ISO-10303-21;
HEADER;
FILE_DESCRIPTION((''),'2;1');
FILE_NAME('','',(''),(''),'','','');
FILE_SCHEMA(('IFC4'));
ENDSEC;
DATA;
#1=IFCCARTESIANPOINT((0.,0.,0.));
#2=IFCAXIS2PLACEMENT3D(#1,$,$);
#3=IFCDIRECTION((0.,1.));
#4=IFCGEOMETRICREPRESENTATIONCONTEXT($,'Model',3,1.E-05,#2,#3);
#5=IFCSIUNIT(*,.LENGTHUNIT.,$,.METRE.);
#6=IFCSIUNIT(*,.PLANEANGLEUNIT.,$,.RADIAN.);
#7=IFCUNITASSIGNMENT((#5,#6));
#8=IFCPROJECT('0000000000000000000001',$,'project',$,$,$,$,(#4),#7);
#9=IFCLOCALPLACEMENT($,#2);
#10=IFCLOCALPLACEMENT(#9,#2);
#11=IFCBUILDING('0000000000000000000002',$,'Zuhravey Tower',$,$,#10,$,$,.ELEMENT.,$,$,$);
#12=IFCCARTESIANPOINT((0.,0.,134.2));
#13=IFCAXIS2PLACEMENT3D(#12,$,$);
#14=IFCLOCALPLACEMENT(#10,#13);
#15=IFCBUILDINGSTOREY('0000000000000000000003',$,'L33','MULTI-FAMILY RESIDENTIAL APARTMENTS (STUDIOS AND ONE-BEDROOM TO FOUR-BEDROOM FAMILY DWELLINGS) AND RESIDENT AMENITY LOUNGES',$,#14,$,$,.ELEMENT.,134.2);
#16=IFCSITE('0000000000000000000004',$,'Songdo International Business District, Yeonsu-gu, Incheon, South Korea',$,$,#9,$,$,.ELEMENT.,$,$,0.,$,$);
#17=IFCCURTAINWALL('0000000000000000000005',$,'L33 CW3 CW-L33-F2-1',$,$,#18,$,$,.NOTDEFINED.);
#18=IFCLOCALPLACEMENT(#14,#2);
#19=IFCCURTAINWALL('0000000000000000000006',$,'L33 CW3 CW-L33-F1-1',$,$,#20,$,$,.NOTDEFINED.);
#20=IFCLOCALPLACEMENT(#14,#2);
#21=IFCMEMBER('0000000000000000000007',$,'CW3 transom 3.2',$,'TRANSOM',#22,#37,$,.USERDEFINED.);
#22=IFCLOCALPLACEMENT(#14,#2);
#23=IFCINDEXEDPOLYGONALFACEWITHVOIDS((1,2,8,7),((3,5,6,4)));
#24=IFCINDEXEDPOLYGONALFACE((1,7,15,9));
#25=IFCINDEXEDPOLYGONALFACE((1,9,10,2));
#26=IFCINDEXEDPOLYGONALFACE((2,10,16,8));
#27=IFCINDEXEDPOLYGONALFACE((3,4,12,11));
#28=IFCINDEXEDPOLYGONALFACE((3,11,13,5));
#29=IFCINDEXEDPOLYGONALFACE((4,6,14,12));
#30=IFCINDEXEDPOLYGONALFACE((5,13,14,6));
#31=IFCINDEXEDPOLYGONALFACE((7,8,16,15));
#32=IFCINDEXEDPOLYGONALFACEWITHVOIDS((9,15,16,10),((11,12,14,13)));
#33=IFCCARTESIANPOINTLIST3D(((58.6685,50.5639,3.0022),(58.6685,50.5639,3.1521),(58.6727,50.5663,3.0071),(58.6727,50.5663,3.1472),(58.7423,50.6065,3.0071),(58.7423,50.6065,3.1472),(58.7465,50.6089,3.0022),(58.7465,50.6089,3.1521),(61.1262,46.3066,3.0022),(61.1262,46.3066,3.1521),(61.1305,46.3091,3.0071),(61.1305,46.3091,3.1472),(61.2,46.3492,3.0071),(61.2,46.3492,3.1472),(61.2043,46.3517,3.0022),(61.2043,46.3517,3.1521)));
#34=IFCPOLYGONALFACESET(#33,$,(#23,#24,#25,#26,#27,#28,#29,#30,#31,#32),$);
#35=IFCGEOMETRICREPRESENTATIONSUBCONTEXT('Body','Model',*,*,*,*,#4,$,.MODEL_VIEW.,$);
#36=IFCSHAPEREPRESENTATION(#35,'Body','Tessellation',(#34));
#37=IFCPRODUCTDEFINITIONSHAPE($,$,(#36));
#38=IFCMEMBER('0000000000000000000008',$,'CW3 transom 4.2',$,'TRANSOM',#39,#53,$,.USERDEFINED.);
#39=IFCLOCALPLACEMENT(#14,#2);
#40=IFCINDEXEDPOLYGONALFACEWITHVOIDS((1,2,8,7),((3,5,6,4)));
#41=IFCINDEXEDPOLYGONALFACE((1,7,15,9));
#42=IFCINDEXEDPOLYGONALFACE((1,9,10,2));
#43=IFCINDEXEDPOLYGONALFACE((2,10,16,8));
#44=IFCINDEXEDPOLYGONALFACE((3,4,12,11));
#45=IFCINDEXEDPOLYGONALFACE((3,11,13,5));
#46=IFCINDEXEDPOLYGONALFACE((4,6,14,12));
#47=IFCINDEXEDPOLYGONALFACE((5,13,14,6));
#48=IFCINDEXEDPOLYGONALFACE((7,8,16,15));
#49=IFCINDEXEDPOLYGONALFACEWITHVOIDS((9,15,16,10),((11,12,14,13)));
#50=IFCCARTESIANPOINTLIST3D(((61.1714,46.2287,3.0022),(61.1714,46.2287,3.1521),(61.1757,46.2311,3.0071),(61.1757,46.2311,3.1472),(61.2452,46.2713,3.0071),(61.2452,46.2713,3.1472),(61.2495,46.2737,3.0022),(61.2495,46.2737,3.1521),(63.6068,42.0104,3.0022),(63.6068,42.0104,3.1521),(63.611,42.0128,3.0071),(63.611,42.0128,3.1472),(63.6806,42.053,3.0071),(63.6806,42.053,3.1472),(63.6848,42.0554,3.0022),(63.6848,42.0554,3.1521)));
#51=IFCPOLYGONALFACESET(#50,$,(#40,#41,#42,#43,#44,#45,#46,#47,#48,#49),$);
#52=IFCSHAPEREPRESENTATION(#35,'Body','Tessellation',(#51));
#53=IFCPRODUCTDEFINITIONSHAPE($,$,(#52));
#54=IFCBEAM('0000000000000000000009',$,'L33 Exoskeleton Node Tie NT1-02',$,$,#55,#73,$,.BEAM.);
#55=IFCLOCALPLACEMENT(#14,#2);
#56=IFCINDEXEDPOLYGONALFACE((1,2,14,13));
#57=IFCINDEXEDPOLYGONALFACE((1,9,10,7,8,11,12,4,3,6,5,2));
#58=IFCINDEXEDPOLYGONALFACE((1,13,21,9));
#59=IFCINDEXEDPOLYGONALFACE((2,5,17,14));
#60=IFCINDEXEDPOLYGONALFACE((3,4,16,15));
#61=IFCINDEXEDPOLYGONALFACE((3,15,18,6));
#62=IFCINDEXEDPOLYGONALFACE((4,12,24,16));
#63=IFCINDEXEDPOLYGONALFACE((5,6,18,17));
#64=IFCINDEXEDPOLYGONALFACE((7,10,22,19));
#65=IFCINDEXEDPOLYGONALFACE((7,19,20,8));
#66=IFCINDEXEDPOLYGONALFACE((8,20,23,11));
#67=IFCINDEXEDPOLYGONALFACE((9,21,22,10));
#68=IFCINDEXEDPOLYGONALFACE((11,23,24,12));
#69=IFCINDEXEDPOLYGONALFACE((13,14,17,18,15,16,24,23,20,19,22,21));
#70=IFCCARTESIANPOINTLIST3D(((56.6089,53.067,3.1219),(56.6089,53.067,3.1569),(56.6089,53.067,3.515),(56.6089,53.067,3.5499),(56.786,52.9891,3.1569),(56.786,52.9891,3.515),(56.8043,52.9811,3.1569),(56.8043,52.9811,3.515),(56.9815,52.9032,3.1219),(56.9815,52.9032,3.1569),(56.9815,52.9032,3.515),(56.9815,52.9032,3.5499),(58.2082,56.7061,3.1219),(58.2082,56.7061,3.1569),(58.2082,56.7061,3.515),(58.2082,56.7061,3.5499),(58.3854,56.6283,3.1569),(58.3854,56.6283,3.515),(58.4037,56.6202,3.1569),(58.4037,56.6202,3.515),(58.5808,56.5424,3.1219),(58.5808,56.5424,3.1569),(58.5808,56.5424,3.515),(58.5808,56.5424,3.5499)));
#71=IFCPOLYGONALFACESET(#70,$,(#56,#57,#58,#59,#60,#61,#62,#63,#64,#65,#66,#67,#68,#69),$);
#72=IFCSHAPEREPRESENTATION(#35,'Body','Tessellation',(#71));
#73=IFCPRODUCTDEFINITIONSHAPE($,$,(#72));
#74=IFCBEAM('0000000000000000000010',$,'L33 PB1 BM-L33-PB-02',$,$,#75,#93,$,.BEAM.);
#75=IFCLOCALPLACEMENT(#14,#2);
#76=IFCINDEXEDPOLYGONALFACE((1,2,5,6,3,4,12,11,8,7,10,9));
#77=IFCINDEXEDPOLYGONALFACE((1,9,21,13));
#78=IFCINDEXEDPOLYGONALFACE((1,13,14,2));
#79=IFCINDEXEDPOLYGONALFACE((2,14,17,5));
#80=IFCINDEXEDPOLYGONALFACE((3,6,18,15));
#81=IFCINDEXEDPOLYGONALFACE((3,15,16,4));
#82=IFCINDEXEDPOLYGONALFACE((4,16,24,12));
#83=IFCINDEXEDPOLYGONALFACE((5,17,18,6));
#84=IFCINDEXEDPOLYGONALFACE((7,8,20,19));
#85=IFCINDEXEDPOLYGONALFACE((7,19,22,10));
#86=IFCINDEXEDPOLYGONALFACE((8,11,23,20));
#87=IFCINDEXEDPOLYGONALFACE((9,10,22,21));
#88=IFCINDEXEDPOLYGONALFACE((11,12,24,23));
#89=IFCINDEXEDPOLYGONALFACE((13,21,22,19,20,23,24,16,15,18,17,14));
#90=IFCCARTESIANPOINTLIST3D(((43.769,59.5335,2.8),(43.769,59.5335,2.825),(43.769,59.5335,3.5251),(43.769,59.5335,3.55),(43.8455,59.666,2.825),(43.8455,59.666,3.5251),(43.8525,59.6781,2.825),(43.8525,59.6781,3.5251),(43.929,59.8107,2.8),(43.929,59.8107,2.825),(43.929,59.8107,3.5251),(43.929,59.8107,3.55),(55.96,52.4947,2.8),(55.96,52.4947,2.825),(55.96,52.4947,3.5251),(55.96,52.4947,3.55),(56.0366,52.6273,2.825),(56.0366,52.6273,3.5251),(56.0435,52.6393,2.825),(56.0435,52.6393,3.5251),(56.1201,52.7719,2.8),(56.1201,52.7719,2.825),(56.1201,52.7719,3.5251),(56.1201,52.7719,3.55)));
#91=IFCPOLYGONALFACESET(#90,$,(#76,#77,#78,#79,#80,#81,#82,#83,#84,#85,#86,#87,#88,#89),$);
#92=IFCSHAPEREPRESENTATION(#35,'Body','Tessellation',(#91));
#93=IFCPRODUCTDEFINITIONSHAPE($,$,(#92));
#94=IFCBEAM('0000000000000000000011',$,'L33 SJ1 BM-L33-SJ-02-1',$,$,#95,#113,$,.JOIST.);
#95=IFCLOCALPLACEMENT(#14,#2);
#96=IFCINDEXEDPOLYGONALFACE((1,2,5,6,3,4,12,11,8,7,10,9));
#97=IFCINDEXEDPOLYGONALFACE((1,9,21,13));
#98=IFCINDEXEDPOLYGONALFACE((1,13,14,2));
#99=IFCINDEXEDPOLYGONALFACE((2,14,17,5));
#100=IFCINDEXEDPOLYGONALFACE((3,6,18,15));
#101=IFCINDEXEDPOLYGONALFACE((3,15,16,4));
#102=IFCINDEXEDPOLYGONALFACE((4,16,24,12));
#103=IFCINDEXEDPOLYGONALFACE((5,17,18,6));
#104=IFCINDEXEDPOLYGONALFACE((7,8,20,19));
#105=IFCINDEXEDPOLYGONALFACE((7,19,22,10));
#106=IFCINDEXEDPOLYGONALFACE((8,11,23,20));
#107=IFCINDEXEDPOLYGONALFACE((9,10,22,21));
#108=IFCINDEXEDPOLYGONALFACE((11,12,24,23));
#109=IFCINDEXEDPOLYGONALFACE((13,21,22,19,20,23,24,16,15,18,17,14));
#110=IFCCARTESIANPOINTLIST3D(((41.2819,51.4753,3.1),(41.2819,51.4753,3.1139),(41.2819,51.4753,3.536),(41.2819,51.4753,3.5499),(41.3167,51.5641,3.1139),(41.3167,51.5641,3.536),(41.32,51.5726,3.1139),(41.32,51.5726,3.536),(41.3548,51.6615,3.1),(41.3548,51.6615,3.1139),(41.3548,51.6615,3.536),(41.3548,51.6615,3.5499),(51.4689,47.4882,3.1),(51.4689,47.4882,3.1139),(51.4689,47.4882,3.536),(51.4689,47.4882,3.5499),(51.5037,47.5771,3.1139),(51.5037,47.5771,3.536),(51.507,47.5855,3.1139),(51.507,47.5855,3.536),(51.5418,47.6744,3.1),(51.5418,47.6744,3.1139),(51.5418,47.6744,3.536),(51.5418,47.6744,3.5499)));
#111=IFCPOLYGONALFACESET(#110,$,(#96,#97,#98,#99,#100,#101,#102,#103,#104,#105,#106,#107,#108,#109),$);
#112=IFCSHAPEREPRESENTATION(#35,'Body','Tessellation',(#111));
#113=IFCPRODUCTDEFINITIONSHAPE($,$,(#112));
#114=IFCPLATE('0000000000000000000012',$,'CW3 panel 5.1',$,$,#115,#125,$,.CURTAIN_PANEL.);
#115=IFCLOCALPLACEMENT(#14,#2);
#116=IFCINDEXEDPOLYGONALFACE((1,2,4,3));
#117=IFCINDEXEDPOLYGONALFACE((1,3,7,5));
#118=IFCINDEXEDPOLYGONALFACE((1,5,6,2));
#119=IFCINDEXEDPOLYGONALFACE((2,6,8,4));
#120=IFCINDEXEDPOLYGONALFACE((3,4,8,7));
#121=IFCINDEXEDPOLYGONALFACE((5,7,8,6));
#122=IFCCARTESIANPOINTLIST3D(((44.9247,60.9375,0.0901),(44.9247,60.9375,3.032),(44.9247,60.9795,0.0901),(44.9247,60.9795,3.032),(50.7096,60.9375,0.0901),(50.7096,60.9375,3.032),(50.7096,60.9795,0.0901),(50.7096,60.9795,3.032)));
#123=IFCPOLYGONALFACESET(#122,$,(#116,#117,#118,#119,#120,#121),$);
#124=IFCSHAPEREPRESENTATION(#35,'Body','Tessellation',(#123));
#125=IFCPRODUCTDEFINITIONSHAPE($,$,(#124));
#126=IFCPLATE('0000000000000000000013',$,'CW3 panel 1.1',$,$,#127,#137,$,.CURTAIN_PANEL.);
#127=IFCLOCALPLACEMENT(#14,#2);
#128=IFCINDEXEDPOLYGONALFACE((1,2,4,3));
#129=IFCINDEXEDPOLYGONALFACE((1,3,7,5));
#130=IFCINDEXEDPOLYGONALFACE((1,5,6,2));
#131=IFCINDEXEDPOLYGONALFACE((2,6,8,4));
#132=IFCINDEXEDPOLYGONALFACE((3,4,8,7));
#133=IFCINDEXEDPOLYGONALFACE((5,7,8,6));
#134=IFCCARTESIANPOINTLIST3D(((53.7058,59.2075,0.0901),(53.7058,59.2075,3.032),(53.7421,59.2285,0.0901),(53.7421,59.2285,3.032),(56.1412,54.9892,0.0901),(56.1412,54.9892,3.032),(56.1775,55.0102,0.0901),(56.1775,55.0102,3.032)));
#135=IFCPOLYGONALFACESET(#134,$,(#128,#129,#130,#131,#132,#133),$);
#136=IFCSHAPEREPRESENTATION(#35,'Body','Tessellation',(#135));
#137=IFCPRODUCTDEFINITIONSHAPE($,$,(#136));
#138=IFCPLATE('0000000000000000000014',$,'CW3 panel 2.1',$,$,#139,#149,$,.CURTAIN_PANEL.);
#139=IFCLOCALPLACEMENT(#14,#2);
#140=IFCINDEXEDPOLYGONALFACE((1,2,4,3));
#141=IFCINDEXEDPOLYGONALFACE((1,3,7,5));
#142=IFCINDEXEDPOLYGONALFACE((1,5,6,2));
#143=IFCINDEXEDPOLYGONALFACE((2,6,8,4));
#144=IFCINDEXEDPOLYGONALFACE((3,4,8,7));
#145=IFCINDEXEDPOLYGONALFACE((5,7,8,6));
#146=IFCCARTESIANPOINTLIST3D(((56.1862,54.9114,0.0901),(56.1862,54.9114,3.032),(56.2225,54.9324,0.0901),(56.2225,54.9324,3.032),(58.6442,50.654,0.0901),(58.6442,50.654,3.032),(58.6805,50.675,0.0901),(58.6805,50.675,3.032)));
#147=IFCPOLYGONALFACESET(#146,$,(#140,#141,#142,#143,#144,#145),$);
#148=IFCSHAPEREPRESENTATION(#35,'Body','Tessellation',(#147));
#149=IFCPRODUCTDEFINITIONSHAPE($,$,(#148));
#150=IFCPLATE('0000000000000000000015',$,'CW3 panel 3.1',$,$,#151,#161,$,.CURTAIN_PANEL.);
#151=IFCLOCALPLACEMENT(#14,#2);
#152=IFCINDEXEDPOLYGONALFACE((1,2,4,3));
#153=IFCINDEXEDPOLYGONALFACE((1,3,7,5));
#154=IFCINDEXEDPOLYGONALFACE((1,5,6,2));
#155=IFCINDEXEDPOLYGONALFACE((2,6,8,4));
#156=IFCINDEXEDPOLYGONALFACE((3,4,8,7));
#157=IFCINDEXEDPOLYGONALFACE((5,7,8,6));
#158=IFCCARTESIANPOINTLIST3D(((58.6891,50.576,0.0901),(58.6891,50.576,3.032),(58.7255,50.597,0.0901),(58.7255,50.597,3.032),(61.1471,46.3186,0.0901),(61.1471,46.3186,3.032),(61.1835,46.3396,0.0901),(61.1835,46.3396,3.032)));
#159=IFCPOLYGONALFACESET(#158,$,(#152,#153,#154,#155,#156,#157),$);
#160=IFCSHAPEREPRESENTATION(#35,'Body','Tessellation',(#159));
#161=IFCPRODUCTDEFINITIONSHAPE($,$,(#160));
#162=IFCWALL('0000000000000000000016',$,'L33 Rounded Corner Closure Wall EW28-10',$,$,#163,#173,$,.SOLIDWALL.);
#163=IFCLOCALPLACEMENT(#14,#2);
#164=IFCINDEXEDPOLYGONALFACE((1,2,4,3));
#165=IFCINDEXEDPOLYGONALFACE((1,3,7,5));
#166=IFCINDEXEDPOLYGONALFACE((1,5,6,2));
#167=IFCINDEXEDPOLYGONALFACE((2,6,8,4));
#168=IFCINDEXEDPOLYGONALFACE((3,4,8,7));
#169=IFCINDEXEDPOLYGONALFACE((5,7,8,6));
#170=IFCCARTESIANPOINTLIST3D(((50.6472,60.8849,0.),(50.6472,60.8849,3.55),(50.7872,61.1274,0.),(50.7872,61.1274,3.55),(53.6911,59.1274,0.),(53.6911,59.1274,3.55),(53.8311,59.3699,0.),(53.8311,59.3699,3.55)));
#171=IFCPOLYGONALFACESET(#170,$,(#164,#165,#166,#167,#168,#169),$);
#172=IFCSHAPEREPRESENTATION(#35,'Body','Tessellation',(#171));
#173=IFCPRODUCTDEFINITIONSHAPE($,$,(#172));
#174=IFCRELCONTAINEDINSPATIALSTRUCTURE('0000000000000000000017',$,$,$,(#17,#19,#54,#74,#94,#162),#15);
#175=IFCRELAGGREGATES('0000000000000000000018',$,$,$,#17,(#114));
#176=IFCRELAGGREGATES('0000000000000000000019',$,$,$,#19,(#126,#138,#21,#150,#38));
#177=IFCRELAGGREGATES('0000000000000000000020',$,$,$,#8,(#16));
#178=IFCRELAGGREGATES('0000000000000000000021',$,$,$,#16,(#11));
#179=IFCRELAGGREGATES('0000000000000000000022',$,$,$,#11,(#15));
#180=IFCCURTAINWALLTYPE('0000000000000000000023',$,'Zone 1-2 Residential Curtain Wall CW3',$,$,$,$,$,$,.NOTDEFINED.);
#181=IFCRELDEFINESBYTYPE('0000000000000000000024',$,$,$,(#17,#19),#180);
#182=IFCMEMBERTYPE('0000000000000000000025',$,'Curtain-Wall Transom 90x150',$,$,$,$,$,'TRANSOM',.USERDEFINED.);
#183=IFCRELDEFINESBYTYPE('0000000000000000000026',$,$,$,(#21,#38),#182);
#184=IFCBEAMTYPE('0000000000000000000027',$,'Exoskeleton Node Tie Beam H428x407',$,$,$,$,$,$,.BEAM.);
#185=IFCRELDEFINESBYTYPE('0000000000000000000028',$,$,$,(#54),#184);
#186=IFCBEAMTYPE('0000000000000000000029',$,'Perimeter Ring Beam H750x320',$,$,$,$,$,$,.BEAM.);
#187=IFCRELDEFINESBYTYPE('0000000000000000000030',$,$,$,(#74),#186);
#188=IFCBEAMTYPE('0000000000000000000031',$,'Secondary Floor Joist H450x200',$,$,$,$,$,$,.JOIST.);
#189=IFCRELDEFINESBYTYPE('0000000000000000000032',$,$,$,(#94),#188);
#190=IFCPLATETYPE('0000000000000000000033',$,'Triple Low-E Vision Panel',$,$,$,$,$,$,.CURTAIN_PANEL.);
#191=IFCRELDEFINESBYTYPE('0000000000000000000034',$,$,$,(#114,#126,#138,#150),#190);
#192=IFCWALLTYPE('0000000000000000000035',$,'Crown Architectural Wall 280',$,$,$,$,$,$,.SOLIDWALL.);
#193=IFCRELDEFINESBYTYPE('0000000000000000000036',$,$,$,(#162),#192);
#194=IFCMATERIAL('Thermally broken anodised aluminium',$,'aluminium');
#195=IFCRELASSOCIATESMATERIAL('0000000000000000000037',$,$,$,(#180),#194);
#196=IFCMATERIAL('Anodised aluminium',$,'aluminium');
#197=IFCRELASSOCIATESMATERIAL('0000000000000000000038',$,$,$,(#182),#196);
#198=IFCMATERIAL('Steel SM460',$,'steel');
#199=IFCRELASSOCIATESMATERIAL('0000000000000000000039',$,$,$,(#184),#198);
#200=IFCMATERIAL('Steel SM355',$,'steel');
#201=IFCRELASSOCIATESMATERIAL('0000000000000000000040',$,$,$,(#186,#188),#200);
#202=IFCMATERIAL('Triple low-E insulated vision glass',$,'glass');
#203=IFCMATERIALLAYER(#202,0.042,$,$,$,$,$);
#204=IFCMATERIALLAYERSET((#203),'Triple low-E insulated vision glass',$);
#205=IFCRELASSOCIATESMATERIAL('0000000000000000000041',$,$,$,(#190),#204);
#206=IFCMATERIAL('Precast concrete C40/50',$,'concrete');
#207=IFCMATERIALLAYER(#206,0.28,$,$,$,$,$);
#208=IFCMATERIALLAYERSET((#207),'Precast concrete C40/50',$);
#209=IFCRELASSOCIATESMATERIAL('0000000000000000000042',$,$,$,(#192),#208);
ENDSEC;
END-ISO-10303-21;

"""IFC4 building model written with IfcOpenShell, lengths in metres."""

from ifc_helpers import new_model, si_unit, direction, frame, frame_2d, origin, origin_2d, place, context, subcontext, project, spatial, rectangle, hollow_rectangle, i_section, extrude, material, layer, layer_set, material_profile, profile_set, type_object, element, aggregate, save


model = new_model("IFC4")

# Units and contexts
model_context = context("Model", 3, precision=1e-05, world=origin(), true_north=direction((0.0, 1.0)))
body_context = subcontext(model_context, "Body", "Model", "MODEL_VIEW")
ifc_project = project(units=[si_unit("LENGTHUNIT", "METRE"), si_unit("PLANEANGLEUNIT", "RADIAN")], contexts=[model_context])

# Site, building, storey
site_placement = place(None, origin())
site = spatial("IfcSite", under=ifc_project, at=site_placement, Name="Songdo International Business District, Yeonsu-gu, Incheon, South Korea", CompositionType="ELEMENT", RefElevation=0.0)
building_placement = place(site_placement, origin())
building = spatial("IfcBuilding", under=site, at=building_placement, Name="Zuhravey Tower", CompositionType="ELEMENT")
storey_placement = place(building_placement, frame((0.0, 0.0, 134.2)))
storey = spatial("IfcBuildingStorey", under=building, at=storey_placement, Name="L33", Description="MULTI-FAMILY RESIDENTIAL APARTMENTS (STUDIOS AND ONE-BEDROOM TO FOUR-BEDROOM FAMILY DWELLINGS) AND RESIDENT AMENITY LOUNGES", CompositionType="ELEMENT", Elevation=134.2)

# Curtain wall
ifc_material_1 = material(Name="Thermally broken anodised aluminium", Category="aluminium")
curtain_wall_type = type_object("IfcCurtainWallType", Name="Zone 1-2 Residential Curtain Wall CW3", PredefinedType="NOTDEFINED", material=ifc_material_1)
curtain_wall_1_placement = place(storey_placement, origin())
curtain_wall_1 = element("IfcCurtainWall", 1, at=curtain_wall_1_placement, inside=storey, type_object=curtain_wall_type, Name="L33 CW3 CW-L33-F2-1", PredefinedType="NOTDEFINED")
ifc_material_2 = material(Name="Anodised aluminium", Category="aluminium")

# Curtain wall, members
curtain_wall_2_placement = place(storey_placement, origin())
curtain_wall_2 = element("IfcCurtainWall", 2, at=curtain_wall_2_placement, inside=storey, type_object=curtain_wall_type, Name="L33 CW3 CW-L33-F1-1", PredefinedType="NOTDEFINED")
ifc_material_profile_1 = material_profile(ifc_material_2, hollow_rectangle(XDim=0.0901, YDim=0.1499, WallThickness=0.0049, at=origin_2d()), Name="ALU-RHS-90x150x5")
ifc_profile_set_1 = profile_set([ifc_material_profile_1], Name="Anodised aluminium")
member_type_1 = type_object("IfcMemberType", Name="Curtain-Wall Transom 90x150", ElementType="TRANSOM", PredefinedType="USERDEFINED", material=ifc_profile_set_1)
member_1_placement = place(storey_placement, frame((58.7075, 50.5864, 3.0771), z_axis=(0.499969, -0.866043, 0.0), x_axis=(0.866043, 0.499969, 0.0)))
member_1 = element("IfcMember", 3, at=member_1_placement, type_object=member_type_1, Name="CW3 transom 3.2", ObjectType="TRANSOM", PredefinedType="USERDEFINED", context=body_context, shape_type="SweptSolid", body=[
    extrude(hollow_rectangle(XDim=0.0901, YDim=0.1499, WallThickness=0.0049, at=origin_2d()), origin(), (0.0, 0.0, 1.0), 4.9158),
])
member_2_placement = place(storey_placement, frame((61.2104, 46.2512, 3.0771), z_axis=(0.499983, -0.866035, 0.0), x_axis=(0.866035, 0.499983, 0.0)))
member_2 = element("IfcMember", 4, at=member_2_placement, type_object=member_type_1, Name="CW3 transom 4.2", ObjectType="TRANSOM", PredefinedType="USERDEFINED", context=body_context, shape_type="SweptSolid", body=[
    extrude(hollow_rectangle(XDim=0.0901, YDim=0.1499, WallThickness=0.0049, at=origin_2d()), origin(), (0.0, 0.0, 1.0), 4.8708),
])

# Beams
ifc_material_3 = material(Name="Steel SM460", Category="steel")
ifc_material_profile_2 = material_profile(ifc_material_3, i_section(OverallWidth=0.407, OverallDepth=0.428, WebThickness=0.02, FlangeThickness=0.0349, at=origin_2d()), Name="H-428x407x20x35")
ifc_profile_set_2 = profile_set([ifc_material_profile_2], Name="Steel SM460")
beam_type_1 = type_object("IfcBeamType", Name="Exoskeleton Node Tie Beam H428x407", PredefinedType="BEAM", material=ifc_profile_set_2)
beam_1_placement = place(storey_placement, frame((56.7952, 52.9851, 3.3359), z_axis=(0.402345, 0.915488, 0.0), x_axis=(-0.915488, 0.402345, 0.0)))
element("IfcBeam", 5, at=beam_1_placement, inside=storey, type_object=beam_type_1, Name="L33 Exoskeleton Node Tie NT1-02", PredefinedType="BEAM", context=body_context, shape_type="SweptSolid", body=[
    extrude(i_section(OverallWidth=0.407, OverallDepth=0.428, WebThickness=0.02, FlangeThickness=0.0349, at=origin_2d()), origin(), (0.0, 0.0, 1.0), 3.9751),
])
ifc_material_4 = material(Name="Steel SM355", Category="steel")
ifc_material_profile_3 = material_profile(ifc_material_4, i_section(OverallWidth=0.3201, OverallDepth=0.75, WebThickness=0.0139, FlangeThickness=0.0249, at=origin_2d()), Name="H-750x320x14x25")
ifc_profile_set_3 = profile_set([ifc_material_profile_3], Name="Steel SM355")
beam_type_2 = type_object("IfcBeamType", Name="Perimeter Ring Beam H750x320", PredefinedType="BEAM", material=ifc_profile_set_3)
beam_2_placement = place(storey_placement, frame((56.04, 52.6333, 3.175), z_axis=(-0.866018, 0.500013, 0.0), x_axis=(-0.500013, -0.866018, 0.0)))
element("IfcBeam", 6, at=beam_2_placement, inside=storey, type_object=beam_type_2, Name="L33 PB1 BM-L33-PB-02", PredefinedType="BEAM", context=body_context, shape_type="SweptSolid", body=[
    extrude(i_section(OverallWidth=0.3201, OverallDepth=0.75, WebThickness=0.0139, FlangeThickness=0.0249, at=origin_2d()), origin(), (0.0, 0.0, 1.0), 14.0771),
])
ifc_material_profile_4 = material_profile(ifc_material_4, i_section(OverallWidth=0.2, OverallDepth=0.45, WebThickness=0.009, FlangeThickness=0.0139, at=origin_2d()), Name="H-450x200x9x14")
ifc_profile_set_4 = profile_set([ifc_material_profile_4], Name="Steel SM355")
beam_type_3 = type_object("IfcBeamType", Name="Secondary Floor Joist H450x200", PredefinedType="JOIST", material=ifc_profile_set_4)
beam_3_placement = place(storey_placement, frame((51.5054, 47.5813, 3.325), z_axis=(-0.931217, 0.364466, 0.0), x_axis=(-0.364466, -0.931217, 0.0)))
element("IfcBeam", 7, at=beam_3_placement, inside=storey, type_object=beam_type_3, Name="L33 SJ1 BM-L33-SJ-02-1", PredefinedType="JOIST", context=body_context, shape_type="SweptSolid", body=[
    extrude(i_section(OverallWidth=0.2, OverallDepth=0.45, WebThickness=0.009, FlangeThickness=0.0139, at=origin_2d()), origin(), (0.0, 0.0, 1.0), 10.9395),
])

# Plates
ifc_material_5 = material(Name="Triple low-E insulated vision glass", Category="glass")
ifc_layer_1 = layer(ifc_material_5, 0.042)
ifc_layer_set_1 = layer_set([ifc_layer_1], Name="Triple low-E insulated vision glass")
plate_type = type_object("IfcPlateType", Name="Triple Low-E Vision Panel", PredefinedType="CURTAIN_PANEL", material=ifc_layer_set_1)
plate_1_placement = place(storey_placement, frame((47.8171, 60.9585, 0.0901), z_axis=(0.0, 0.0, 1.0), x_axis=(1.0, 0.0, 0.0)))
plate_1 = element("IfcPlate", 8, at=plate_1_placement, type_object=plate_type, Name="CW3 panel 5.1", PredefinedType="CURTAIN_PANEL", context=body_context, shape_type="SweptSolid", body=[
    extrude(rectangle(XDim=5.7849, YDim=0.042, at=origin_2d()), origin(), (0.0, 0.0, 1.0), 2.9419),
])
aggregate(curtain_wall_1, [plate_1])
plate_2_placement = place(storey_placement, frame((54.9417, 57.1089, 0.0901), z_axis=(0.0, 0.0, 1.0), x_axis=(0.499999, -0.866026, 0.0)))
plate_2 = element("IfcPlate", 9, at=plate_2_placement, type_object=plate_type, Name="CW3 panel 1.1", PredefinedType="CURTAIN_PANEL", context=body_context, shape_type="SweptSolid", body=[
    extrude(rectangle(XDim=4.8708, YDim=0.042, at=origin_2d()), origin(), (0.0, 0.0, 1.0), 2.9419),
])
plate_3_placement = place(storey_placement, frame((57.4333, 52.7932, 0.0901), z_axis=(0.0, 0.0, 1.0), x_axis=(0.499999, -0.866026, 0.0)))
plate_3 = element("IfcPlate", 10, at=plate_3_placement, type_object=plate_type, Name="CW3 panel 2.1", PredefinedType="CURTAIN_PANEL", context=body_context, shape_type="SweptSolid", body=[
    extrude(rectangle(XDim=4.916, YDim=0.042, at=origin_2d()), origin(), (0.0, 0.0, 1.0), 2.9419),
])
plate_4_placement = place(storey_placement, frame((59.9363, 48.4578, 0.0901), z_axis=(0.0, 0.0, 1.0), x_axis=(0.499999, -0.866026, 0.0)))
plate_4 = element("IfcPlate", 11, at=plate_4_placement, type_object=plate_type, Name="CW3 panel 3.1", PredefinedType="CURTAIN_PANEL", context=body_context, shape_type="SweptSolid", body=[
    extrude(rectangle(XDim=4.916, YDim=0.042, at=origin_2d()), origin(), (0.0, 0.0, 1.0), 2.9419),
])
aggregate(curtain_wall_2, [plate_2, plate_3, member_1, plate_4, member_2])

# Wall
ifc_material_6 = material(Name="Precast concrete C40/50", Category="concrete")
ifc_layer_2 = layer(ifc_material_6, 0.28)
ifc_layer_set_2 = layer_set([ifc_layer_2], Name="Precast concrete C40/50")
wall_type_1 = type_object("IfcWallType", Name="Crown Architectural Wall 280", PredefinedType="SOLIDWALL", material=ifc_layer_set_2)
wall_1_placement = place(storey_placement, frame((50.7173, 61.0061, 0.0), z_axis=(0.0, 0.0, 1.0), x_axis=(0.866007, -0.500031, 0.0)))
element("IfcWall", 12, at=wall_1_placement, inside=storey, type_object=wall_type_1, Name="L33 Rounded Corner Closure Wall EW28-10", PredefinedType="SOLIDWALL", context=body_context, shape_type="SweptSolid", body=[
    extrude(rectangle(XDim=3.5149, YDim=0.28, at=frame_2d((1.7573, 0.0))), origin(), (0.0, 0.0, 1.0), 3.55),
])

save(model, "model.ifc")
